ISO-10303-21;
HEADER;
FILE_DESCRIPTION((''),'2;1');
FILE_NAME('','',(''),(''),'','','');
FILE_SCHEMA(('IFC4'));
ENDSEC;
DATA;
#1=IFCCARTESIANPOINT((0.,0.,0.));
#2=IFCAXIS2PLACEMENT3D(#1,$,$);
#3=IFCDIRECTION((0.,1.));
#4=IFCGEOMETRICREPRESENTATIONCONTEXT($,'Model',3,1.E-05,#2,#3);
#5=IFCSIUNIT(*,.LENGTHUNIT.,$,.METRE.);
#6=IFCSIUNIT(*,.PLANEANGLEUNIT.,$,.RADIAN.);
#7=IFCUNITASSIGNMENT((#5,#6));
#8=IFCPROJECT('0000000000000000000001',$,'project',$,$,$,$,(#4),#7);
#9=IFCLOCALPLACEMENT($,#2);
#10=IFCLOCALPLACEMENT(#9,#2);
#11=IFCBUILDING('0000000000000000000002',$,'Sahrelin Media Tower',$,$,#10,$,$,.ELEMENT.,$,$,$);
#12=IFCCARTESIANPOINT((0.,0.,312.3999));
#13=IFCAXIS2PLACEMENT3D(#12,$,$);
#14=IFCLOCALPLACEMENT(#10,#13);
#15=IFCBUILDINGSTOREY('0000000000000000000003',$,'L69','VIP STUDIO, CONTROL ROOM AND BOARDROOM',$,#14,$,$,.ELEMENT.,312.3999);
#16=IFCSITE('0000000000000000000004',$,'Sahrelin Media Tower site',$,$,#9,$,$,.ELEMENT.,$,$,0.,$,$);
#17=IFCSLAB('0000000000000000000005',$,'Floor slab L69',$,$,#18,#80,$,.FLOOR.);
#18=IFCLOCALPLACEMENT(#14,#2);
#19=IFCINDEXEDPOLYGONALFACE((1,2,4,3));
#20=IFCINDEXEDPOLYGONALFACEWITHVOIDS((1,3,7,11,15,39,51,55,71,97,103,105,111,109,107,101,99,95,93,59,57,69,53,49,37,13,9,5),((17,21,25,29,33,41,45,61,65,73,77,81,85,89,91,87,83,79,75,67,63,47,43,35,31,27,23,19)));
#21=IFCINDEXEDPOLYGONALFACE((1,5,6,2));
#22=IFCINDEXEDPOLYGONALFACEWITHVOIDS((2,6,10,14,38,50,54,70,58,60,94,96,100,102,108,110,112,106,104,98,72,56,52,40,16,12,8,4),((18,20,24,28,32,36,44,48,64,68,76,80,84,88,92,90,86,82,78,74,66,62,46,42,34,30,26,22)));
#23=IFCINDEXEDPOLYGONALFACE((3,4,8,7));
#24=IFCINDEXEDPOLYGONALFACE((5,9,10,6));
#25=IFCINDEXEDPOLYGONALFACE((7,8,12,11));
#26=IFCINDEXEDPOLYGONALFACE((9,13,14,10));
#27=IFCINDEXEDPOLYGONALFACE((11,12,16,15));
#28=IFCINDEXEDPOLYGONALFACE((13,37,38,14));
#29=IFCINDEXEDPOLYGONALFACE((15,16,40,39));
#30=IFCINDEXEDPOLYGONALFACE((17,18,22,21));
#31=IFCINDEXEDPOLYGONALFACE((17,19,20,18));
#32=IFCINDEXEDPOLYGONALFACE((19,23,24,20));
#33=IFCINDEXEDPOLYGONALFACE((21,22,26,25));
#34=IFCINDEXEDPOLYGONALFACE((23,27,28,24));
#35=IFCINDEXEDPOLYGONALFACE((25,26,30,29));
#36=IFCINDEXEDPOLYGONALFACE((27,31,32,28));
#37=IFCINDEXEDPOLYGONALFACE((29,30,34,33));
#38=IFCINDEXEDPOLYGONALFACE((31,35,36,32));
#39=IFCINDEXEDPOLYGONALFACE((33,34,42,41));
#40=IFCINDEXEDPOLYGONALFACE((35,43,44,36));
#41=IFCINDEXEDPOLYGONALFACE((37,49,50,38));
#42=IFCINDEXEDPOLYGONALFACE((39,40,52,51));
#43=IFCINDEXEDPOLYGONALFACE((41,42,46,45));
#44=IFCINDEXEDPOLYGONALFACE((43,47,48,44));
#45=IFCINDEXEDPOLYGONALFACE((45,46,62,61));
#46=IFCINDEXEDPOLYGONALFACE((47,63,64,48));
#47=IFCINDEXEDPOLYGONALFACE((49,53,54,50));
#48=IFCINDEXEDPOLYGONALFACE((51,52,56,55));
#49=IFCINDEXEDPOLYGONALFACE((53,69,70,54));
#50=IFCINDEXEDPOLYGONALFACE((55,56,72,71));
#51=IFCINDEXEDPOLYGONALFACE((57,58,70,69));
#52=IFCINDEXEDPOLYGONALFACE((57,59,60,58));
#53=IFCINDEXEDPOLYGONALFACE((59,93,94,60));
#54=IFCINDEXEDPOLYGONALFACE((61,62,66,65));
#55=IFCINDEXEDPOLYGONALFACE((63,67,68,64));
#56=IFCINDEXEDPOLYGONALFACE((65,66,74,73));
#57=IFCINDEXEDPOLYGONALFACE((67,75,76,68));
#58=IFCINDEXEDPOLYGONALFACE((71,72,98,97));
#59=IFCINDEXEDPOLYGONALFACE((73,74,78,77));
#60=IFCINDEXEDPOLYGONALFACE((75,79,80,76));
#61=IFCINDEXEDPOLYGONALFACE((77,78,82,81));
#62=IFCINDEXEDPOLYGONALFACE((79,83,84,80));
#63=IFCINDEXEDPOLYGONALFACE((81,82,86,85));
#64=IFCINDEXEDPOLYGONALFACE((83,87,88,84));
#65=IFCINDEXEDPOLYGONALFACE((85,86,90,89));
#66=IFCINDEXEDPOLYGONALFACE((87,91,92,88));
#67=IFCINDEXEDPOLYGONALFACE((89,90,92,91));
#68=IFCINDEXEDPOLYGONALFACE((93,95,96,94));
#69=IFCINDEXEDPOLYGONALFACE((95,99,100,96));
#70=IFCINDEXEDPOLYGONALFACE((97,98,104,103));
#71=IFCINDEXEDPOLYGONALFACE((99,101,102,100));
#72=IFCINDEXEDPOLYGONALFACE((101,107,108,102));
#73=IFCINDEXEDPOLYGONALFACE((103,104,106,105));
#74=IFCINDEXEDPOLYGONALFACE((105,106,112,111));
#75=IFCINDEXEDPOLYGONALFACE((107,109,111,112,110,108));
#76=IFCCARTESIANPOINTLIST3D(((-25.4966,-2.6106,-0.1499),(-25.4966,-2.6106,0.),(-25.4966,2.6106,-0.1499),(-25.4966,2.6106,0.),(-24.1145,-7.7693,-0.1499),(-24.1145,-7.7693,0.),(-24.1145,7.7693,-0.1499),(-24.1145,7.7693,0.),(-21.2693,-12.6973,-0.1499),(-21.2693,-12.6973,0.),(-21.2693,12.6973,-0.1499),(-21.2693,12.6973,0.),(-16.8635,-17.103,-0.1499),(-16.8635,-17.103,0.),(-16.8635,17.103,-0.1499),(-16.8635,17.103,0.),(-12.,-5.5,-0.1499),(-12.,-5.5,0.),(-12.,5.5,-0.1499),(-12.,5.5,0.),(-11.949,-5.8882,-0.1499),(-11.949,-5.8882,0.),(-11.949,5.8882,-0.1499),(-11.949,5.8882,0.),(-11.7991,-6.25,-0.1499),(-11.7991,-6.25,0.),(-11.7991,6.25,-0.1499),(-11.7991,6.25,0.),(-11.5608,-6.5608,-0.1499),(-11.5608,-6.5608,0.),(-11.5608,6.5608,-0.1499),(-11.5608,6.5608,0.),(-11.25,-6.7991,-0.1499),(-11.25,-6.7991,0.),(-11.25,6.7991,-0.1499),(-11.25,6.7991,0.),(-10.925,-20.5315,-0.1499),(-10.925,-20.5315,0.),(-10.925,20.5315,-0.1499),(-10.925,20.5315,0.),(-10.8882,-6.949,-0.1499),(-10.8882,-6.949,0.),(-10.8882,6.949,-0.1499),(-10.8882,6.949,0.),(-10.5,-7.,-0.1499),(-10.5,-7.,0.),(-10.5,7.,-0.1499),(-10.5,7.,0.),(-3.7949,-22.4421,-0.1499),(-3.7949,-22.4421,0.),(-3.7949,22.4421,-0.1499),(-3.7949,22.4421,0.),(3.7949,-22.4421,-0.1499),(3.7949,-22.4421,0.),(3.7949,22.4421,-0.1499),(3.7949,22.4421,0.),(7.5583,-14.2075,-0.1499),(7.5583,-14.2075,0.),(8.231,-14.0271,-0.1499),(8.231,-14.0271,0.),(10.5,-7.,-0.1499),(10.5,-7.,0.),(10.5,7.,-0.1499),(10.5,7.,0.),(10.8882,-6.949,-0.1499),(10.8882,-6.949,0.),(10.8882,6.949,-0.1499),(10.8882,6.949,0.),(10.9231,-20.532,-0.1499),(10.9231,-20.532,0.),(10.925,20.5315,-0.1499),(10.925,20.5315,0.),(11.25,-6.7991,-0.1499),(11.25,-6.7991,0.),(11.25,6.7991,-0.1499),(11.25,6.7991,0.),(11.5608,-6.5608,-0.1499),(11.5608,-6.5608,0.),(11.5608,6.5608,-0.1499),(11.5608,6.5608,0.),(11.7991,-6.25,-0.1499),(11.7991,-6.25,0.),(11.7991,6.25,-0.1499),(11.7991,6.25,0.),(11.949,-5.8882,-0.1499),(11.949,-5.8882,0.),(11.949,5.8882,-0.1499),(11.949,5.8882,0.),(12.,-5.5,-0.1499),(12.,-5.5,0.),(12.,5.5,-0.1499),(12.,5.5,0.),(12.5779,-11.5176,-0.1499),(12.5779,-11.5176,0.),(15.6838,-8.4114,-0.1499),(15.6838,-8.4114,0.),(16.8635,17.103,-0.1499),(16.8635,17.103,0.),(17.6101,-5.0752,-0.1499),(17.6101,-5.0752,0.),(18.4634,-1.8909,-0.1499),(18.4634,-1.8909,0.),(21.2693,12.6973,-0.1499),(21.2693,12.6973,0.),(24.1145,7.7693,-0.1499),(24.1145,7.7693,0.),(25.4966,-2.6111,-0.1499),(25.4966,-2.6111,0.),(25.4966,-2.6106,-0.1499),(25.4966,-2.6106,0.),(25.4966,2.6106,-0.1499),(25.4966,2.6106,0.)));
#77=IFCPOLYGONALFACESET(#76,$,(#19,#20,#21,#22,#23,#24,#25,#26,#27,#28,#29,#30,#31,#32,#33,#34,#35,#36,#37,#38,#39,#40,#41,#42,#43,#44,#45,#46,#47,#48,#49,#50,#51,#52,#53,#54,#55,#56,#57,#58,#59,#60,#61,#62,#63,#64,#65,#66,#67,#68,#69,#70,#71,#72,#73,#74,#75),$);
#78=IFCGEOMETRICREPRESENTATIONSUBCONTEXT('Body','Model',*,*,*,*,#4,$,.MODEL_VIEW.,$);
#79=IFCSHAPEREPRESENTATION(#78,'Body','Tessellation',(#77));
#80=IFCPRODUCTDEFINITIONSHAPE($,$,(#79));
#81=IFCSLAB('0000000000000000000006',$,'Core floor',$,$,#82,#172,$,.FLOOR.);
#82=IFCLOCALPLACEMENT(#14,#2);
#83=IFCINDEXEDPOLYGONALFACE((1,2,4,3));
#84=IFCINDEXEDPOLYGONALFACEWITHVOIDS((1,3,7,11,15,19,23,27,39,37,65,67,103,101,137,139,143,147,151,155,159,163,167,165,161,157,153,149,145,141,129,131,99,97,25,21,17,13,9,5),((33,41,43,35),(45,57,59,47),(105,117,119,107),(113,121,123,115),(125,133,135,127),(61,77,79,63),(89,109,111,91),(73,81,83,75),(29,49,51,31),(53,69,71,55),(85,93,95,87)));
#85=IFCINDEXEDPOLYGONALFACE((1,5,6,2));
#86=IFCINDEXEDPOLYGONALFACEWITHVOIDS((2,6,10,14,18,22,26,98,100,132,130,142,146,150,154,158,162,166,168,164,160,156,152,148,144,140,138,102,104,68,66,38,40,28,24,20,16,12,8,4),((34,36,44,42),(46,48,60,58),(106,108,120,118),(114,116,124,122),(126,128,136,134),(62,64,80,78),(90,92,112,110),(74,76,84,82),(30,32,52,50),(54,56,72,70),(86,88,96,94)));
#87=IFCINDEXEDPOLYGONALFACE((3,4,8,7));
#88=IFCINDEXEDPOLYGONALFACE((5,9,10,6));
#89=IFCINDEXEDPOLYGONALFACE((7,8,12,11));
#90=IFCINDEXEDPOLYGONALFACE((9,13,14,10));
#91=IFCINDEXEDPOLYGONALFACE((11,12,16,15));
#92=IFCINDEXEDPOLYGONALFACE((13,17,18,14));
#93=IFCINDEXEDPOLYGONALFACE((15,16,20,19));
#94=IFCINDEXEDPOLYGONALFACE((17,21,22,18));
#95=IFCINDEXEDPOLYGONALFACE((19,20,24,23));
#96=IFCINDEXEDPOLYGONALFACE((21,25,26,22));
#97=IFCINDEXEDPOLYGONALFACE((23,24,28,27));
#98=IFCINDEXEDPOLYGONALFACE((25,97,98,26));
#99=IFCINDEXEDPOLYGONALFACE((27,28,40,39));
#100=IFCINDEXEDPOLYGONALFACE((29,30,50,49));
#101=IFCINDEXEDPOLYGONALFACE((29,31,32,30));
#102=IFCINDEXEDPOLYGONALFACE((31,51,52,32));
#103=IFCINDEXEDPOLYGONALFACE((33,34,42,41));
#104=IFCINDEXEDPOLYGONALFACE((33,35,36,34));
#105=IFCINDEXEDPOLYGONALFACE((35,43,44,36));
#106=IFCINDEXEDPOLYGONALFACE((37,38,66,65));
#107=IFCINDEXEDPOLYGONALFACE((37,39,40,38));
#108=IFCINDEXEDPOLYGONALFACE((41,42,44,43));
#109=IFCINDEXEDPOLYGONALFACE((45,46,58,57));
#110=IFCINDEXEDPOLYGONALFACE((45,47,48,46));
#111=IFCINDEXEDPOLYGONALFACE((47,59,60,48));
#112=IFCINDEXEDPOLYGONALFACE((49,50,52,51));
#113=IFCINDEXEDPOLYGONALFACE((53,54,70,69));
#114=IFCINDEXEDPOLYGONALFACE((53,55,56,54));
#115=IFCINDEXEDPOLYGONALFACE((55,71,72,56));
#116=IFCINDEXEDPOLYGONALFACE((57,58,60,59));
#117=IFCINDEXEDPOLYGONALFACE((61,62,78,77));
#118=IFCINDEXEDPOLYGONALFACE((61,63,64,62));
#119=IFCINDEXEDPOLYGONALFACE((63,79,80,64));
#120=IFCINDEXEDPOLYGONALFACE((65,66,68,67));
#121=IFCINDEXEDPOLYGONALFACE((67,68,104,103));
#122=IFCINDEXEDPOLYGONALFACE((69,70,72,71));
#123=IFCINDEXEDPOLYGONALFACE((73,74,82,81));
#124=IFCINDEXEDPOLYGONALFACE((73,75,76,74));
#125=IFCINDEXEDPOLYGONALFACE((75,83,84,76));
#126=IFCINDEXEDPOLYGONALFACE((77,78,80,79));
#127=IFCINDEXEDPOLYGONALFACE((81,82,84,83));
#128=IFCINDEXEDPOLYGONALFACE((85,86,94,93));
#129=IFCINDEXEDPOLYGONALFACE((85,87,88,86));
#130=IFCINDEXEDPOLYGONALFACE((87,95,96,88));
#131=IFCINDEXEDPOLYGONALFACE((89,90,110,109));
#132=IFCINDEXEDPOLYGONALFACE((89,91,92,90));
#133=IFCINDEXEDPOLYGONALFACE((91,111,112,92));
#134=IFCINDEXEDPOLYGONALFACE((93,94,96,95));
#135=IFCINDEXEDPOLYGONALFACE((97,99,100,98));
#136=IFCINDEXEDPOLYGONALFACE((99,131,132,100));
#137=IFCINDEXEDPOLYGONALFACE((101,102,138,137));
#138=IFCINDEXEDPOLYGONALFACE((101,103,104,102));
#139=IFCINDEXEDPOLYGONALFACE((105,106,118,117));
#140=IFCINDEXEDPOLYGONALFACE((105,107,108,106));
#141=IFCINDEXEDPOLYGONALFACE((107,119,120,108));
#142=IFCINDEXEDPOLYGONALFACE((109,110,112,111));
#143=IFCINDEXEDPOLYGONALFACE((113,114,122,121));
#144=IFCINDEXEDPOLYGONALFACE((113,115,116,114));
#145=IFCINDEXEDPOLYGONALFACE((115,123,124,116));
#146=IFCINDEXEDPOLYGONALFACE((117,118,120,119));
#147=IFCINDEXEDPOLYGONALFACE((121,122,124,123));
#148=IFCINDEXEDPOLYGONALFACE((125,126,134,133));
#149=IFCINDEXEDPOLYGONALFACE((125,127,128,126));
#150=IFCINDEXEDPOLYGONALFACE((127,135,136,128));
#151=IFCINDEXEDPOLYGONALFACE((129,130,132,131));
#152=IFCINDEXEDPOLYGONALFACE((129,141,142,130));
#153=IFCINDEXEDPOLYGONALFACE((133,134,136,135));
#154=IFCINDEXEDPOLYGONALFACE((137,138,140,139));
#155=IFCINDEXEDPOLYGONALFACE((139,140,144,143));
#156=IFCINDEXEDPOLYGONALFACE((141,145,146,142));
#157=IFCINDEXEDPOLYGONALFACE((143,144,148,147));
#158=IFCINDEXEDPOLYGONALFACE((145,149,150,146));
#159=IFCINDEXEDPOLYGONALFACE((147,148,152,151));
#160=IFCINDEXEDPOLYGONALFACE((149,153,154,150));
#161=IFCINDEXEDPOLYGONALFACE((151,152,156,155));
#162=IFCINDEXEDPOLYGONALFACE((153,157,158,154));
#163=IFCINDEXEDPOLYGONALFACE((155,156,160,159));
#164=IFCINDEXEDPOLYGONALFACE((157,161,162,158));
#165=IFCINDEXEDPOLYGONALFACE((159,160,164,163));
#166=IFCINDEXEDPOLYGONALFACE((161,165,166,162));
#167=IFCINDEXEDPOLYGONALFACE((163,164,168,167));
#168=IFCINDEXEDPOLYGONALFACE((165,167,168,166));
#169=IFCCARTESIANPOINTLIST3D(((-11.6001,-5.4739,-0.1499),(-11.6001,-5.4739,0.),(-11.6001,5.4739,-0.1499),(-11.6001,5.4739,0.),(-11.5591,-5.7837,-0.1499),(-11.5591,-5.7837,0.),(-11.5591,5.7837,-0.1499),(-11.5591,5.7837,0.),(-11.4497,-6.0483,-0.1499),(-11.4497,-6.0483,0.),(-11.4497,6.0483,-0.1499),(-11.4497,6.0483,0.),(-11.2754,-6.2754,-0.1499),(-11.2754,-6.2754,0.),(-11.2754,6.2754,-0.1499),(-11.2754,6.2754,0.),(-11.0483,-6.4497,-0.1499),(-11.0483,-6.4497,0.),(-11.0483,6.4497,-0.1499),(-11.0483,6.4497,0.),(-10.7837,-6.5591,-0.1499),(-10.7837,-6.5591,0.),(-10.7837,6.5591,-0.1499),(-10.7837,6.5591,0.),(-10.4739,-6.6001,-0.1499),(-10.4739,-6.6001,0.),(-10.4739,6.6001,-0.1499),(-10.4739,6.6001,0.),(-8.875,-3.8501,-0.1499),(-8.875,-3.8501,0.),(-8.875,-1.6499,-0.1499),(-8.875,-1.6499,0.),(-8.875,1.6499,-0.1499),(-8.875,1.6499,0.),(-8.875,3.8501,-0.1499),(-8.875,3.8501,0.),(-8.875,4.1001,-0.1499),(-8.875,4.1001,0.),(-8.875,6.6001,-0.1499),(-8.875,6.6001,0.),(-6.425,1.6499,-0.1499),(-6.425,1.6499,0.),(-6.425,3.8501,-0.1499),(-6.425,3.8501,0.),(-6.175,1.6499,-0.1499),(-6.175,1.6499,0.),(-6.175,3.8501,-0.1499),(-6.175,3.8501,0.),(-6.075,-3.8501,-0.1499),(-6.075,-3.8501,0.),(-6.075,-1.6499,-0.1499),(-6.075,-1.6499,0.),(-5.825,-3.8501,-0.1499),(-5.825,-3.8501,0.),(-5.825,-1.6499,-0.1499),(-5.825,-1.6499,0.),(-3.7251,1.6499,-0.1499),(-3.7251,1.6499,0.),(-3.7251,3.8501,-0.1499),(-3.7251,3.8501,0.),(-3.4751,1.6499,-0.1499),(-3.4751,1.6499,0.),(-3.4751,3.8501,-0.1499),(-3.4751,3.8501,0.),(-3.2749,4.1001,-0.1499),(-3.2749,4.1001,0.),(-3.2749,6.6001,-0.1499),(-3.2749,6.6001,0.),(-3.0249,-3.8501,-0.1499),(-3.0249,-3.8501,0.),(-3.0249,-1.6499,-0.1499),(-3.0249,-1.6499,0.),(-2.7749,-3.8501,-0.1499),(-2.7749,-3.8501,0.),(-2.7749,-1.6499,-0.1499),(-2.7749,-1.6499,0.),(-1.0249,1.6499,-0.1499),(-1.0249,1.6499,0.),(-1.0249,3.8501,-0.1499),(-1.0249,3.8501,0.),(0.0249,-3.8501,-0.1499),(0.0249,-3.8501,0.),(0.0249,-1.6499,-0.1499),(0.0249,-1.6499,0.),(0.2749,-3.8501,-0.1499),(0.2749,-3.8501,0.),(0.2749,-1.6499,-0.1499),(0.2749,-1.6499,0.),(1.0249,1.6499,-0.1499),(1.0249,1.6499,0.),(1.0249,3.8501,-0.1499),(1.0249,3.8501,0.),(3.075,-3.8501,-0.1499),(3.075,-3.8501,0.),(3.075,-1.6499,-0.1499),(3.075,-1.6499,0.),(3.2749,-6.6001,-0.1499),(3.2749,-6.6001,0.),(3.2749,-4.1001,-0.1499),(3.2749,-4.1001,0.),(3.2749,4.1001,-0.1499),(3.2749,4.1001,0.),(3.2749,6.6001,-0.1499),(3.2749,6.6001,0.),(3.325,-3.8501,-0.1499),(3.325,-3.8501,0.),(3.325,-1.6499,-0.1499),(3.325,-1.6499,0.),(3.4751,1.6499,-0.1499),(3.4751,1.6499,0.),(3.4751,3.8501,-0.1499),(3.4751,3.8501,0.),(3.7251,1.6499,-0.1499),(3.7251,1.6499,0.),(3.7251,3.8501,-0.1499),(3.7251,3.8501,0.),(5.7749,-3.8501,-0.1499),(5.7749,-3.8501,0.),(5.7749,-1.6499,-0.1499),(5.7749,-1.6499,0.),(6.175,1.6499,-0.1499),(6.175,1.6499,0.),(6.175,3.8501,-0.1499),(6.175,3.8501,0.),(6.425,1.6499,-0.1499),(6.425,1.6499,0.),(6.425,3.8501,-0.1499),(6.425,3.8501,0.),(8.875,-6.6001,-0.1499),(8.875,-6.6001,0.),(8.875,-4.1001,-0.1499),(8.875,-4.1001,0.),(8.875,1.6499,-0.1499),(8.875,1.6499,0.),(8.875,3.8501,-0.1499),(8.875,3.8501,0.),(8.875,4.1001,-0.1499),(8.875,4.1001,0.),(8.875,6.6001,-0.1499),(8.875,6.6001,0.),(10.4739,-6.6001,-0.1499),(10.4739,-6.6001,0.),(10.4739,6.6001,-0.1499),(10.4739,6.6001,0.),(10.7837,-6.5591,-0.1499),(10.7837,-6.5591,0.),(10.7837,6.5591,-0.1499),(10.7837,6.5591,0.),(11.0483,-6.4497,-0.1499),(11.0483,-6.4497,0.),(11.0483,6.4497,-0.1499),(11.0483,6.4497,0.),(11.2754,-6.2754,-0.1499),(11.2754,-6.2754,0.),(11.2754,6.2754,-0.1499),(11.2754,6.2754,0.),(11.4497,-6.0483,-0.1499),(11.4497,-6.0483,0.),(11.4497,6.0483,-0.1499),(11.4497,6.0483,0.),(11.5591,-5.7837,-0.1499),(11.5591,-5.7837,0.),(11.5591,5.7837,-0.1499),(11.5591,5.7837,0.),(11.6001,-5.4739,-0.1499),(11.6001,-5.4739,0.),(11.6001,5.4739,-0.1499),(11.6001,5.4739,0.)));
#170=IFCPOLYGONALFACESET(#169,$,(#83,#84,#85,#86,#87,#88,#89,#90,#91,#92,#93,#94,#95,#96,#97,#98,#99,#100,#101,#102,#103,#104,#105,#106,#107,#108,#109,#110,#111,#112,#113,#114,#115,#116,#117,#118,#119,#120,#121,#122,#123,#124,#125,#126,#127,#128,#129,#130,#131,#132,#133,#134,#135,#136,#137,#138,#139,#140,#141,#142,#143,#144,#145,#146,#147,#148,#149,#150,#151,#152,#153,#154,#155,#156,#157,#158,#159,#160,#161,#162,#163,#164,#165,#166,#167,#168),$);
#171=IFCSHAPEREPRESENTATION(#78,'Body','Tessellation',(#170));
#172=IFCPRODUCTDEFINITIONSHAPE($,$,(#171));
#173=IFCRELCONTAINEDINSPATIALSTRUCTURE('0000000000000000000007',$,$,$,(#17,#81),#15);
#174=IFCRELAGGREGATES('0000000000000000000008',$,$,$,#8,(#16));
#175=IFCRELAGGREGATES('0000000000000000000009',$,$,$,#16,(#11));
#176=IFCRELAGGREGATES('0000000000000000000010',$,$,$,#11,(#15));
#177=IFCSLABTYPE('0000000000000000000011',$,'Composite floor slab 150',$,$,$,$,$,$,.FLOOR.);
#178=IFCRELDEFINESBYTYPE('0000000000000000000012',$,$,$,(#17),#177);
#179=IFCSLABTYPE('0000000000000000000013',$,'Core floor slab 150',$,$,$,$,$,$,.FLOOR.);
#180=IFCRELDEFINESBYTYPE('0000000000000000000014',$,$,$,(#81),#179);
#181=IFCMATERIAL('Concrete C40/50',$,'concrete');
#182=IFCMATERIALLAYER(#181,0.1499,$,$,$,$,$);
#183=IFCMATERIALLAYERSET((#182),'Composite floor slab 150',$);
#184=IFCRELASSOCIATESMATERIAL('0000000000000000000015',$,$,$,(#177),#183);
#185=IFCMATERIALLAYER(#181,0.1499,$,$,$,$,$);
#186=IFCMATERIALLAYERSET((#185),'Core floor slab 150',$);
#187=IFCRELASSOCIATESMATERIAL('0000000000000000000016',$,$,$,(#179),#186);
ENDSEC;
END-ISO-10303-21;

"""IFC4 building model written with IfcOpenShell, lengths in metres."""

from ifc_helpers import new_model, si_unit, direction, frame, origin, place, context, subcontext, project, spatial, polyline, outline, extrude, material, layer, layer_set, type_object, element, save


model = new_model("IFC4")

# Units and contexts
model_context = context("Model", 3, precision=1e-05, world=origin(), true_north=direction((0.0, 1.0)))
body_context = subcontext(model_context, "Body", "Model", "MODEL_VIEW")
ifc_project = project(units=[si_unit("LENGTHUNIT", "METRE"), si_unit("PLANEANGLEUNIT", "RADIAN")], contexts=[model_context])

# Site, building, storey
site_placement = place(None, origin())
site = spatial("IfcSite", under=ifc_project, at=site_placement, Name="Sahrelin Media Tower site", CompositionType="ELEMENT", RefElevation=0.0)
building_placement = place(site_placement, origin())
building = spatial("IfcBuilding", under=site, at=building_placement, Name="Sahrelin Media Tower", CompositionType="ELEMENT")
storey_placement = place(building_placement, frame((0.0, 0.0, 312.3999)))
storey = spatial("IfcBuildingStorey", under=building, at=storey_placement, Name="L69", Description="VIP STUDIO, CONTROL ROOM AND BOARDROOM", CompositionType="ELEMENT", Elevation=312.3999)

# Slabs
ifc_material_1 = material(Name="Concrete C40/50", Category="concrete")
ifc_layer_1 = layer(ifc_material_1, 0.1499)
ifc_layer_set_1 = layer_set([ifc_layer_1], Name="Composite floor slab 150")
slab_type_1 = type_object("IfcSlabType", Name="Composite floor slab 150", PredefinedType="FLOOR", material=ifc_layer_set_1)
placement_1 = place(storey_placement, frame((0.0, 0.0, -0.1499)))
element("IfcSlab", 1, at=placement_1, inside=storey, type_object=slab_type_1, Name="Floor slab L69", PredefinedType="FLOOR", context=body_context, shape_type="SweptSolid", body=[
    extrude(outline(polyline([(25.4966, -2.6111), (25.4966, -2.6106), (25.4966, 2.6106), (24.1145, 7.7693), (21.2693, 12.6973), (16.8635, 17.103), (10.925, 20.5315), (3.7949, 22.4421), (-3.7949, 22.4421), (-10.925, 20.5315), (-16.8635, 17.103), (-21.2693, 12.6973), (-24.1145, 7.7693), (-25.4966, 2.6106), (-25.4966, -2.6106), (-24.1145, -7.7693), (-21.2693, -12.6973), (-16.8635, -17.103), (-10.925, -20.5315), (-3.7949, -22.4421), (3.7949, -22.4421), (10.9231, -20.532), (7.5583, -14.2075), (8.231, -14.0271), (12.5779, -11.5176), (15.6838, -8.4114), (17.6101, -5.0752), (18.4634, -1.8909), (25.4966, -2.6111)]), holes=[polyline([(11.7991, 6.25), (11.949, 5.8882), (12.0, 5.5), (12.0, -5.5), (11.949, -5.8882), (11.7991, -6.25), (11.5608, -6.5608), (11.25, -6.7991), (10.8882, -6.949), (10.5, -7.0), (-10.5, -7.0), (-10.8882, -6.949), (-11.25, -6.7991), (-11.5608, -6.5608), (-11.7991, -6.25), (-11.949, -5.8882), (-12.0, -5.5), (-12.0, 5.5), (-11.949, 5.8882), (-11.7991, 6.25), (-11.5608, 6.5608), (-11.25, 6.7991), (-10.8882, 6.949), (-10.5, 7.0), (10.5, 7.0), (10.8882, 6.949), (11.25, 6.7991), (11.5608, 6.5608), (11.7991, 6.25)])]), origin(), (0.0, 0.0, 1.0), 0.1499),
])
ifc_layer_2 = layer(ifc_material_1, 0.1499)
ifc_layer_set_2 = layer_set([ifc_layer_2], Name="Core floor slab 150")
slab_type_2 = type_object("IfcSlabType", Name="Core floor slab 150", PredefinedType="FLOOR", material=ifc_layer_set_2)
element("IfcSlab", 2, at=placement_1, inside=storey, type_object=slab_type_2, Name="Core floor", PredefinedType="FLOOR", context=body_context, shape_type="SweptSolid", body=[
    extrude(outline(polyline([(-11.6001, -5.4739), (-11.5591, -5.7837), (-11.4497, -6.0483), (-11.2754, -6.2754), (-11.0483, -6.4497), (-10.7837, -6.5591), (-10.4739, -6.6001), (3.2749, -6.6001), (3.2749, -4.1001), (8.875, -4.1001), (8.875, -6.6001), (10.4739, -6.6001), (10.7837, -6.5591), (11.0483, -6.4497), (11.2754, -6.2754), (11.4497, -6.0483), (11.5591, -5.7837), (11.6001, -5.4739), (11.6001, 5.4739), (11.5591, 5.7837), (11.4497, 6.0483), (11.2754, 6.2754), (11.0483, 6.4497), (10.7837, 6.5591), (10.4739, 6.6001), (8.875, 6.6001), (8.875, 4.1001), (3.2749, 4.1001), (3.2749, 6.6001), (-3.2749, 6.6001), (-3.2749, 4.1001), (-8.875, 4.1001), (-8.875, 6.6001), (-10.4739, 6.6001), (-10.7837, 6.5591), (-11.0483, 6.4497), (-11.2754, 6.2754), (-11.4497, 6.0483), (-11.5591, 5.7837), (-11.6001, 5.4739), (-11.6001, -5.4739)]), holes=[polyline([(-8.875, 3.8501), (-8.875, 1.6499), (-6.425, 1.6499), (-6.425, 3.8501), (-8.875, 3.8501)]), polyline([(-3.7251, 3.8501), (-6.175, 3.8501), (-6.175, 1.6499), (-3.7251, 1.6499), (-3.7251, 3.8501)]), polyline([(-1.0249, 1.6499), (-1.0249, 3.8501), (-3.4751, 3.8501), (-3.4751, 1.6499), (-1.0249, 1.6499)]), polyline([(1.0249, 1.6499), (3.4751, 1.6499), (3.4751, 3.8501), (1.0249, 3.8501), (1.0249, 1.6499)]), polyline([(3.7251, 3.8501), (3.7251, 1.6499), (6.175, 1.6499), (6.175, 3.8501), (3.7251, 3.8501)]), polyline([(8.875, 3.8501), (6.425, 3.8501), (6.425, 1.6499), (8.875, 1.6499), (8.875, 3.8501)]), polyline([(-6.075, -3.8501), (-6.075, -1.6499), (-8.875, -1.6499), (-8.875, -3.8501), (-6.075, -3.8501)]), polyline([(-5.825, -3.8501), (-3.0249, -3.8501), (-3.0249, -1.6499), (-5.825, -1.6499), (-5.825, -3.8501)]), polyline([(-2.7749, -1.6499), (-2.7749, -3.8501), (0.0249, -3.8501), (0.0249, -1.6499), (-2.7749, -1.6499)]), polyline([(3.075, -1.6499), (0.2749, -1.6499), (0.2749, -3.8501), (3.075, -3.8501), (3.075, -1.6499)]), polyline([(5.7749, -3.8501), (5.7749, -1.6499), (3.325, -1.6499), (3.325, -3.8501), (5.7749, -3.8501)])]), origin(), (0.0, 0.0, 1.0), 0.1499),
])

save(model, "model.ifc")
